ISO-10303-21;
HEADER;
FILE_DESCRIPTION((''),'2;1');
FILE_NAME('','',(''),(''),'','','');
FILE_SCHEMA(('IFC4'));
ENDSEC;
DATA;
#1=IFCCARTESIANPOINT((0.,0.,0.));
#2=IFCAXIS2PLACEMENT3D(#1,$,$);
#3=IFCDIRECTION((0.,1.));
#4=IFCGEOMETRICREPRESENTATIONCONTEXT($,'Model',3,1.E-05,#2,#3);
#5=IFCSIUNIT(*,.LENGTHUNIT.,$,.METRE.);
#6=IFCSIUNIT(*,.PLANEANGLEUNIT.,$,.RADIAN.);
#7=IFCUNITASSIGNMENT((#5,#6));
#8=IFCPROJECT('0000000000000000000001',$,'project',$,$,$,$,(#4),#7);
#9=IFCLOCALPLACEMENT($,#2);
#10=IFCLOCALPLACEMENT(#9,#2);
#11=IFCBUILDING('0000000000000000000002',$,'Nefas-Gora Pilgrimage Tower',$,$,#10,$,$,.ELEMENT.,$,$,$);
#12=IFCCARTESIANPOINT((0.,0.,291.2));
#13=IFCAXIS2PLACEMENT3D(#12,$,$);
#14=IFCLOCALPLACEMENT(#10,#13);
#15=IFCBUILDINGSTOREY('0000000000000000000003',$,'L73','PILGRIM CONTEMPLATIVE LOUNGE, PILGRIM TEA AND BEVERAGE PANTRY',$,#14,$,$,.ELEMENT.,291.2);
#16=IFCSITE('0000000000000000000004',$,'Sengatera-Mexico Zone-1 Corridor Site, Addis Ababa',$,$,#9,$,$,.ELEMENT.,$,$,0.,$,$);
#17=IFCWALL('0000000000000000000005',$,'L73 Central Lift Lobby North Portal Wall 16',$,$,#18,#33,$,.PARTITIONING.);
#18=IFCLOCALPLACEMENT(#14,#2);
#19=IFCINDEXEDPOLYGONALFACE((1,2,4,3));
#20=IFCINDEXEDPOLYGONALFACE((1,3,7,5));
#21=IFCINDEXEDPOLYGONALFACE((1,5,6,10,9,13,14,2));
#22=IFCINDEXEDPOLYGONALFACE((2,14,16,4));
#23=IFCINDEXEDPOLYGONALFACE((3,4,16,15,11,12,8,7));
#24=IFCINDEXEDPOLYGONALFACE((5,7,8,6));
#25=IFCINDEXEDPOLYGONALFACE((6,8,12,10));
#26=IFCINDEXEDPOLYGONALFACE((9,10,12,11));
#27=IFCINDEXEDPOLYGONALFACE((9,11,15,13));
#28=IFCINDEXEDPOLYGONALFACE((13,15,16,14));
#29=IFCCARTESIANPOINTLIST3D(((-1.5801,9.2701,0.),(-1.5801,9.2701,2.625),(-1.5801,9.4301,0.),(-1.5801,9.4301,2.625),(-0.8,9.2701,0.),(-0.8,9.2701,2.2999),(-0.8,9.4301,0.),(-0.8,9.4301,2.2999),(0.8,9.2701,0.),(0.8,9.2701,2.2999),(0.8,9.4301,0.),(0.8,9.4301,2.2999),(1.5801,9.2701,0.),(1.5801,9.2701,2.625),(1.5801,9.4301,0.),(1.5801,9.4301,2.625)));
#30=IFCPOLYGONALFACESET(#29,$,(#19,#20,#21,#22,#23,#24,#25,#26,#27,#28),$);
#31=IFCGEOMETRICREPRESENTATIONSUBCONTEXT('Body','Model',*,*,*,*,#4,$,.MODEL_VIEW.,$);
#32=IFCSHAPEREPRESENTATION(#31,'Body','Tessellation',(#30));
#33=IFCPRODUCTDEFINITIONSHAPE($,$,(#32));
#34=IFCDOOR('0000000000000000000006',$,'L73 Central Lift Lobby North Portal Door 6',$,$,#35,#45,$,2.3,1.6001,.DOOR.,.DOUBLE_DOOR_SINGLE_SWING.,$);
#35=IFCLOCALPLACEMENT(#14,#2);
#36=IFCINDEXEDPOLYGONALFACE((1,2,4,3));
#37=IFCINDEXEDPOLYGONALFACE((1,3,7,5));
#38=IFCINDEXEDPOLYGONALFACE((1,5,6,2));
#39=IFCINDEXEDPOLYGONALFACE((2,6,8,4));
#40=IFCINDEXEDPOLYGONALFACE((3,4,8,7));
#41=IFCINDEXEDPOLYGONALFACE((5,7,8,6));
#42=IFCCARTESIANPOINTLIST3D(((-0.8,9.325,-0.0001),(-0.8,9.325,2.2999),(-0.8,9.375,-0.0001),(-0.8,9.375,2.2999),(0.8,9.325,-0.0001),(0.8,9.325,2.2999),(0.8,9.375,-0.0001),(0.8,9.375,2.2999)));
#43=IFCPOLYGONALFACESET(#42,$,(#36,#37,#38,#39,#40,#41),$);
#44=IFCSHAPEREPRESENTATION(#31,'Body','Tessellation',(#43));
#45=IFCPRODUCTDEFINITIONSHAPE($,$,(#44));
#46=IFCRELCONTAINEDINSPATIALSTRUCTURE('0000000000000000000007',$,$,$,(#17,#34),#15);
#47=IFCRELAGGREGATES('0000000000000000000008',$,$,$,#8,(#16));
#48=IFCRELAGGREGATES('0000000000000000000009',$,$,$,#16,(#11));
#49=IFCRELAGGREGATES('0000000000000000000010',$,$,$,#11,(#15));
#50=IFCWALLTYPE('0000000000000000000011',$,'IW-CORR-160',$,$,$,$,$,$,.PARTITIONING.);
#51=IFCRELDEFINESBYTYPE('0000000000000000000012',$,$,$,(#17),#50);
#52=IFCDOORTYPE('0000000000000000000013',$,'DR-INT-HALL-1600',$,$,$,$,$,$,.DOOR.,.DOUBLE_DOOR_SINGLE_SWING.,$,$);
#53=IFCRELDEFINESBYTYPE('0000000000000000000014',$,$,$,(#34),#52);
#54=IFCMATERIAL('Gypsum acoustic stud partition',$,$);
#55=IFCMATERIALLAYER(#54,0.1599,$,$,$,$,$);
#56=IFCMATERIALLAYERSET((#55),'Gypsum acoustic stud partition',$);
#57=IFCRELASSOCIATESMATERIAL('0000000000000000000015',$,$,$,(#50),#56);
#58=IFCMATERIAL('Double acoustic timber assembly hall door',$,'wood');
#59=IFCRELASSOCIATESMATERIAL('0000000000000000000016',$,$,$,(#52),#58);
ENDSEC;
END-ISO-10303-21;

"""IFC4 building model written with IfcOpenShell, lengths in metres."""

from ifc_helpers import new_model, si_unit, direction, frame, frame_2d, origin, place, context, subcontext, project, spatial, rectangle, extrude, source, transform, mapped, material, layer, layer_set, type_object, element, fill, save


model = new_model("IFC4")

# Units and contexts
model_context = context("Model", 3, precision=1e-05, world=origin(), true_north=direction((0.0, 1.0)))
body_context = subcontext(model_context, "Body", "Model", "MODEL_VIEW")
ifc_project = project(units=[si_unit("LENGTHUNIT", "METRE"), si_unit("PLANEANGLEUNIT", "RADIAN")], contexts=[model_context])

# Site, building, storey
site_placement = place(None, origin())
site = spatial("IfcSite", under=ifc_project, at=site_placement, Name="Sengatera-Mexico Zone-1 Corridor Site, Addis Ababa", CompositionType="ELEMENT", RefElevation=0.0)
building_placement = place(site_placement, origin())
building = spatial("IfcBuilding", under=site, at=building_placement, Name="Nefas-Gora Pilgrimage Tower", CompositionType="ELEMENT")
storey_placement = place(building_placement, frame((0.0, 0.0, 291.2)))
storey = spatial("IfcBuildingStorey", under=building, at=storey_placement, Name="L73", Description="PILGRIM CONTEMPLATIVE LOUNGE, PILGRIM TEA AND BEVERAGE PANTRY", CompositionType="ELEMENT", Elevation=291.2)

# Shared definitions
ifc_material_1 = material(Name="Gypsum acoustic stud partition")
ifc_layer_1 = layer(ifc_material_1, 0.1599)
ifc_layer_set_1 = layer_set([ifc_layer_1], Name="Gypsum acoustic stud partition")
wall_type_1 = type_object("IfcWallType", Name="IW-CORR-160", PredefinedType="PARTITIONING", material=ifc_layer_set_1)

# Wall, opening, door
shared_shape_1 = source(origin(), body_context, "Body", "SweptSolid", [
    extrude(rectangle(XDim=3.1602, YDim=0.1599, at=frame_2d((1.5801, 0.0))), origin(), (0.0, 0.0, 1.0), 2.625),
])
wall_1_placement = place(storey_placement, frame((-1.5801, 9.3501, 0.0), z_axis=(0.0, 0.0, 1.0), x_axis=(1.0, 0.0, 0.0)))
wall_1 = element("IfcWall", 1, at=wall_1_placement, inside=storey, type_object=wall_type_1, Name="L73 Central Lift Lobby North Portal Wall 16", PredefinedType="PARTITIONING", context=body_context, shape_type="MappedRepresentation", body=[
    mapped(shared_shape_1, transform((0.0, 0.0, 0.0), x_axis=(1.0, 0.0, 0.0), y_axis=(0.0, 1.0, 0.0), z_axis=(0.0, 0.0, 1.0), scale=1.0)),
])
opening_1_placement = place(wall_1_placement, frame((0.78, 0.0, 0.0)))
opening_1 = element("IfcOpeningElement", 2, at=opening_1_placement, cuts=wall_1, PredefinedType="OPENING", context=body_context, shape_type="SweptSolid", body=[
    extrude(rectangle(XDim=1.6001, YDim=2.3, at=frame_2d((0.8, 1.1499))), frame((0.0, 0.0898, 0.0), z_axis=(0.0, -1.0, 0.0), x_axis=(1.0, 0.0, 0.0)), (0.0, 0.0, 1.0), 0.1799),
])
ifc_material_2 = material(Name="Double acoustic timber assembly hall door", Category="wood")
door_type_1 = type_object("IfcDoorType", Name="DR-INT-HALL-1600", OperationType="DOUBLE_DOOR_SINGLE_SWING", PredefinedType="DOOR", material=ifc_material_2)
shared_shape_2 = source(origin(), body_context, "Body", "SweptSolid", [
    extrude(rectangle(XDim=1.6001, YDim=2.3, at=frame_2d((0.8, 1.1499))), frame((0.0, 0.0249, 0.0), z_axis=(0.0, -1.0, 0.0), x_axis=(1.0, 0.0, 0.0)), (0.0, 0.0, 1.0), 0.05),
])
door_1_placement = place(opening_1_placement, origin())
door_1 = element("IfcDoor", 3, at=door_1_placement, inside=storey, type_object=door_type_1, Name="L73 Central Lift Lobby North Portal Door 6", OperationType="DOUBLE_DOOR_SINGLE_SWING", OverallHeight=2.3, OverallWidth=1.6001, PredefinedType="DOOR", context=body_context, shape_type="MappedRepresentation", body=[
    mapped(shared_shape_2, transform((0.0, 0.0, 0.0), x_axis=(1.0, 0.0, 0.0), y_axis=(0.0, 1.0, 0.0), z_axis=(0.0, 0.0, 1.0), scale=1.0)),
])
fill(opening_1, door_1)

save(model, "model.ifc")
